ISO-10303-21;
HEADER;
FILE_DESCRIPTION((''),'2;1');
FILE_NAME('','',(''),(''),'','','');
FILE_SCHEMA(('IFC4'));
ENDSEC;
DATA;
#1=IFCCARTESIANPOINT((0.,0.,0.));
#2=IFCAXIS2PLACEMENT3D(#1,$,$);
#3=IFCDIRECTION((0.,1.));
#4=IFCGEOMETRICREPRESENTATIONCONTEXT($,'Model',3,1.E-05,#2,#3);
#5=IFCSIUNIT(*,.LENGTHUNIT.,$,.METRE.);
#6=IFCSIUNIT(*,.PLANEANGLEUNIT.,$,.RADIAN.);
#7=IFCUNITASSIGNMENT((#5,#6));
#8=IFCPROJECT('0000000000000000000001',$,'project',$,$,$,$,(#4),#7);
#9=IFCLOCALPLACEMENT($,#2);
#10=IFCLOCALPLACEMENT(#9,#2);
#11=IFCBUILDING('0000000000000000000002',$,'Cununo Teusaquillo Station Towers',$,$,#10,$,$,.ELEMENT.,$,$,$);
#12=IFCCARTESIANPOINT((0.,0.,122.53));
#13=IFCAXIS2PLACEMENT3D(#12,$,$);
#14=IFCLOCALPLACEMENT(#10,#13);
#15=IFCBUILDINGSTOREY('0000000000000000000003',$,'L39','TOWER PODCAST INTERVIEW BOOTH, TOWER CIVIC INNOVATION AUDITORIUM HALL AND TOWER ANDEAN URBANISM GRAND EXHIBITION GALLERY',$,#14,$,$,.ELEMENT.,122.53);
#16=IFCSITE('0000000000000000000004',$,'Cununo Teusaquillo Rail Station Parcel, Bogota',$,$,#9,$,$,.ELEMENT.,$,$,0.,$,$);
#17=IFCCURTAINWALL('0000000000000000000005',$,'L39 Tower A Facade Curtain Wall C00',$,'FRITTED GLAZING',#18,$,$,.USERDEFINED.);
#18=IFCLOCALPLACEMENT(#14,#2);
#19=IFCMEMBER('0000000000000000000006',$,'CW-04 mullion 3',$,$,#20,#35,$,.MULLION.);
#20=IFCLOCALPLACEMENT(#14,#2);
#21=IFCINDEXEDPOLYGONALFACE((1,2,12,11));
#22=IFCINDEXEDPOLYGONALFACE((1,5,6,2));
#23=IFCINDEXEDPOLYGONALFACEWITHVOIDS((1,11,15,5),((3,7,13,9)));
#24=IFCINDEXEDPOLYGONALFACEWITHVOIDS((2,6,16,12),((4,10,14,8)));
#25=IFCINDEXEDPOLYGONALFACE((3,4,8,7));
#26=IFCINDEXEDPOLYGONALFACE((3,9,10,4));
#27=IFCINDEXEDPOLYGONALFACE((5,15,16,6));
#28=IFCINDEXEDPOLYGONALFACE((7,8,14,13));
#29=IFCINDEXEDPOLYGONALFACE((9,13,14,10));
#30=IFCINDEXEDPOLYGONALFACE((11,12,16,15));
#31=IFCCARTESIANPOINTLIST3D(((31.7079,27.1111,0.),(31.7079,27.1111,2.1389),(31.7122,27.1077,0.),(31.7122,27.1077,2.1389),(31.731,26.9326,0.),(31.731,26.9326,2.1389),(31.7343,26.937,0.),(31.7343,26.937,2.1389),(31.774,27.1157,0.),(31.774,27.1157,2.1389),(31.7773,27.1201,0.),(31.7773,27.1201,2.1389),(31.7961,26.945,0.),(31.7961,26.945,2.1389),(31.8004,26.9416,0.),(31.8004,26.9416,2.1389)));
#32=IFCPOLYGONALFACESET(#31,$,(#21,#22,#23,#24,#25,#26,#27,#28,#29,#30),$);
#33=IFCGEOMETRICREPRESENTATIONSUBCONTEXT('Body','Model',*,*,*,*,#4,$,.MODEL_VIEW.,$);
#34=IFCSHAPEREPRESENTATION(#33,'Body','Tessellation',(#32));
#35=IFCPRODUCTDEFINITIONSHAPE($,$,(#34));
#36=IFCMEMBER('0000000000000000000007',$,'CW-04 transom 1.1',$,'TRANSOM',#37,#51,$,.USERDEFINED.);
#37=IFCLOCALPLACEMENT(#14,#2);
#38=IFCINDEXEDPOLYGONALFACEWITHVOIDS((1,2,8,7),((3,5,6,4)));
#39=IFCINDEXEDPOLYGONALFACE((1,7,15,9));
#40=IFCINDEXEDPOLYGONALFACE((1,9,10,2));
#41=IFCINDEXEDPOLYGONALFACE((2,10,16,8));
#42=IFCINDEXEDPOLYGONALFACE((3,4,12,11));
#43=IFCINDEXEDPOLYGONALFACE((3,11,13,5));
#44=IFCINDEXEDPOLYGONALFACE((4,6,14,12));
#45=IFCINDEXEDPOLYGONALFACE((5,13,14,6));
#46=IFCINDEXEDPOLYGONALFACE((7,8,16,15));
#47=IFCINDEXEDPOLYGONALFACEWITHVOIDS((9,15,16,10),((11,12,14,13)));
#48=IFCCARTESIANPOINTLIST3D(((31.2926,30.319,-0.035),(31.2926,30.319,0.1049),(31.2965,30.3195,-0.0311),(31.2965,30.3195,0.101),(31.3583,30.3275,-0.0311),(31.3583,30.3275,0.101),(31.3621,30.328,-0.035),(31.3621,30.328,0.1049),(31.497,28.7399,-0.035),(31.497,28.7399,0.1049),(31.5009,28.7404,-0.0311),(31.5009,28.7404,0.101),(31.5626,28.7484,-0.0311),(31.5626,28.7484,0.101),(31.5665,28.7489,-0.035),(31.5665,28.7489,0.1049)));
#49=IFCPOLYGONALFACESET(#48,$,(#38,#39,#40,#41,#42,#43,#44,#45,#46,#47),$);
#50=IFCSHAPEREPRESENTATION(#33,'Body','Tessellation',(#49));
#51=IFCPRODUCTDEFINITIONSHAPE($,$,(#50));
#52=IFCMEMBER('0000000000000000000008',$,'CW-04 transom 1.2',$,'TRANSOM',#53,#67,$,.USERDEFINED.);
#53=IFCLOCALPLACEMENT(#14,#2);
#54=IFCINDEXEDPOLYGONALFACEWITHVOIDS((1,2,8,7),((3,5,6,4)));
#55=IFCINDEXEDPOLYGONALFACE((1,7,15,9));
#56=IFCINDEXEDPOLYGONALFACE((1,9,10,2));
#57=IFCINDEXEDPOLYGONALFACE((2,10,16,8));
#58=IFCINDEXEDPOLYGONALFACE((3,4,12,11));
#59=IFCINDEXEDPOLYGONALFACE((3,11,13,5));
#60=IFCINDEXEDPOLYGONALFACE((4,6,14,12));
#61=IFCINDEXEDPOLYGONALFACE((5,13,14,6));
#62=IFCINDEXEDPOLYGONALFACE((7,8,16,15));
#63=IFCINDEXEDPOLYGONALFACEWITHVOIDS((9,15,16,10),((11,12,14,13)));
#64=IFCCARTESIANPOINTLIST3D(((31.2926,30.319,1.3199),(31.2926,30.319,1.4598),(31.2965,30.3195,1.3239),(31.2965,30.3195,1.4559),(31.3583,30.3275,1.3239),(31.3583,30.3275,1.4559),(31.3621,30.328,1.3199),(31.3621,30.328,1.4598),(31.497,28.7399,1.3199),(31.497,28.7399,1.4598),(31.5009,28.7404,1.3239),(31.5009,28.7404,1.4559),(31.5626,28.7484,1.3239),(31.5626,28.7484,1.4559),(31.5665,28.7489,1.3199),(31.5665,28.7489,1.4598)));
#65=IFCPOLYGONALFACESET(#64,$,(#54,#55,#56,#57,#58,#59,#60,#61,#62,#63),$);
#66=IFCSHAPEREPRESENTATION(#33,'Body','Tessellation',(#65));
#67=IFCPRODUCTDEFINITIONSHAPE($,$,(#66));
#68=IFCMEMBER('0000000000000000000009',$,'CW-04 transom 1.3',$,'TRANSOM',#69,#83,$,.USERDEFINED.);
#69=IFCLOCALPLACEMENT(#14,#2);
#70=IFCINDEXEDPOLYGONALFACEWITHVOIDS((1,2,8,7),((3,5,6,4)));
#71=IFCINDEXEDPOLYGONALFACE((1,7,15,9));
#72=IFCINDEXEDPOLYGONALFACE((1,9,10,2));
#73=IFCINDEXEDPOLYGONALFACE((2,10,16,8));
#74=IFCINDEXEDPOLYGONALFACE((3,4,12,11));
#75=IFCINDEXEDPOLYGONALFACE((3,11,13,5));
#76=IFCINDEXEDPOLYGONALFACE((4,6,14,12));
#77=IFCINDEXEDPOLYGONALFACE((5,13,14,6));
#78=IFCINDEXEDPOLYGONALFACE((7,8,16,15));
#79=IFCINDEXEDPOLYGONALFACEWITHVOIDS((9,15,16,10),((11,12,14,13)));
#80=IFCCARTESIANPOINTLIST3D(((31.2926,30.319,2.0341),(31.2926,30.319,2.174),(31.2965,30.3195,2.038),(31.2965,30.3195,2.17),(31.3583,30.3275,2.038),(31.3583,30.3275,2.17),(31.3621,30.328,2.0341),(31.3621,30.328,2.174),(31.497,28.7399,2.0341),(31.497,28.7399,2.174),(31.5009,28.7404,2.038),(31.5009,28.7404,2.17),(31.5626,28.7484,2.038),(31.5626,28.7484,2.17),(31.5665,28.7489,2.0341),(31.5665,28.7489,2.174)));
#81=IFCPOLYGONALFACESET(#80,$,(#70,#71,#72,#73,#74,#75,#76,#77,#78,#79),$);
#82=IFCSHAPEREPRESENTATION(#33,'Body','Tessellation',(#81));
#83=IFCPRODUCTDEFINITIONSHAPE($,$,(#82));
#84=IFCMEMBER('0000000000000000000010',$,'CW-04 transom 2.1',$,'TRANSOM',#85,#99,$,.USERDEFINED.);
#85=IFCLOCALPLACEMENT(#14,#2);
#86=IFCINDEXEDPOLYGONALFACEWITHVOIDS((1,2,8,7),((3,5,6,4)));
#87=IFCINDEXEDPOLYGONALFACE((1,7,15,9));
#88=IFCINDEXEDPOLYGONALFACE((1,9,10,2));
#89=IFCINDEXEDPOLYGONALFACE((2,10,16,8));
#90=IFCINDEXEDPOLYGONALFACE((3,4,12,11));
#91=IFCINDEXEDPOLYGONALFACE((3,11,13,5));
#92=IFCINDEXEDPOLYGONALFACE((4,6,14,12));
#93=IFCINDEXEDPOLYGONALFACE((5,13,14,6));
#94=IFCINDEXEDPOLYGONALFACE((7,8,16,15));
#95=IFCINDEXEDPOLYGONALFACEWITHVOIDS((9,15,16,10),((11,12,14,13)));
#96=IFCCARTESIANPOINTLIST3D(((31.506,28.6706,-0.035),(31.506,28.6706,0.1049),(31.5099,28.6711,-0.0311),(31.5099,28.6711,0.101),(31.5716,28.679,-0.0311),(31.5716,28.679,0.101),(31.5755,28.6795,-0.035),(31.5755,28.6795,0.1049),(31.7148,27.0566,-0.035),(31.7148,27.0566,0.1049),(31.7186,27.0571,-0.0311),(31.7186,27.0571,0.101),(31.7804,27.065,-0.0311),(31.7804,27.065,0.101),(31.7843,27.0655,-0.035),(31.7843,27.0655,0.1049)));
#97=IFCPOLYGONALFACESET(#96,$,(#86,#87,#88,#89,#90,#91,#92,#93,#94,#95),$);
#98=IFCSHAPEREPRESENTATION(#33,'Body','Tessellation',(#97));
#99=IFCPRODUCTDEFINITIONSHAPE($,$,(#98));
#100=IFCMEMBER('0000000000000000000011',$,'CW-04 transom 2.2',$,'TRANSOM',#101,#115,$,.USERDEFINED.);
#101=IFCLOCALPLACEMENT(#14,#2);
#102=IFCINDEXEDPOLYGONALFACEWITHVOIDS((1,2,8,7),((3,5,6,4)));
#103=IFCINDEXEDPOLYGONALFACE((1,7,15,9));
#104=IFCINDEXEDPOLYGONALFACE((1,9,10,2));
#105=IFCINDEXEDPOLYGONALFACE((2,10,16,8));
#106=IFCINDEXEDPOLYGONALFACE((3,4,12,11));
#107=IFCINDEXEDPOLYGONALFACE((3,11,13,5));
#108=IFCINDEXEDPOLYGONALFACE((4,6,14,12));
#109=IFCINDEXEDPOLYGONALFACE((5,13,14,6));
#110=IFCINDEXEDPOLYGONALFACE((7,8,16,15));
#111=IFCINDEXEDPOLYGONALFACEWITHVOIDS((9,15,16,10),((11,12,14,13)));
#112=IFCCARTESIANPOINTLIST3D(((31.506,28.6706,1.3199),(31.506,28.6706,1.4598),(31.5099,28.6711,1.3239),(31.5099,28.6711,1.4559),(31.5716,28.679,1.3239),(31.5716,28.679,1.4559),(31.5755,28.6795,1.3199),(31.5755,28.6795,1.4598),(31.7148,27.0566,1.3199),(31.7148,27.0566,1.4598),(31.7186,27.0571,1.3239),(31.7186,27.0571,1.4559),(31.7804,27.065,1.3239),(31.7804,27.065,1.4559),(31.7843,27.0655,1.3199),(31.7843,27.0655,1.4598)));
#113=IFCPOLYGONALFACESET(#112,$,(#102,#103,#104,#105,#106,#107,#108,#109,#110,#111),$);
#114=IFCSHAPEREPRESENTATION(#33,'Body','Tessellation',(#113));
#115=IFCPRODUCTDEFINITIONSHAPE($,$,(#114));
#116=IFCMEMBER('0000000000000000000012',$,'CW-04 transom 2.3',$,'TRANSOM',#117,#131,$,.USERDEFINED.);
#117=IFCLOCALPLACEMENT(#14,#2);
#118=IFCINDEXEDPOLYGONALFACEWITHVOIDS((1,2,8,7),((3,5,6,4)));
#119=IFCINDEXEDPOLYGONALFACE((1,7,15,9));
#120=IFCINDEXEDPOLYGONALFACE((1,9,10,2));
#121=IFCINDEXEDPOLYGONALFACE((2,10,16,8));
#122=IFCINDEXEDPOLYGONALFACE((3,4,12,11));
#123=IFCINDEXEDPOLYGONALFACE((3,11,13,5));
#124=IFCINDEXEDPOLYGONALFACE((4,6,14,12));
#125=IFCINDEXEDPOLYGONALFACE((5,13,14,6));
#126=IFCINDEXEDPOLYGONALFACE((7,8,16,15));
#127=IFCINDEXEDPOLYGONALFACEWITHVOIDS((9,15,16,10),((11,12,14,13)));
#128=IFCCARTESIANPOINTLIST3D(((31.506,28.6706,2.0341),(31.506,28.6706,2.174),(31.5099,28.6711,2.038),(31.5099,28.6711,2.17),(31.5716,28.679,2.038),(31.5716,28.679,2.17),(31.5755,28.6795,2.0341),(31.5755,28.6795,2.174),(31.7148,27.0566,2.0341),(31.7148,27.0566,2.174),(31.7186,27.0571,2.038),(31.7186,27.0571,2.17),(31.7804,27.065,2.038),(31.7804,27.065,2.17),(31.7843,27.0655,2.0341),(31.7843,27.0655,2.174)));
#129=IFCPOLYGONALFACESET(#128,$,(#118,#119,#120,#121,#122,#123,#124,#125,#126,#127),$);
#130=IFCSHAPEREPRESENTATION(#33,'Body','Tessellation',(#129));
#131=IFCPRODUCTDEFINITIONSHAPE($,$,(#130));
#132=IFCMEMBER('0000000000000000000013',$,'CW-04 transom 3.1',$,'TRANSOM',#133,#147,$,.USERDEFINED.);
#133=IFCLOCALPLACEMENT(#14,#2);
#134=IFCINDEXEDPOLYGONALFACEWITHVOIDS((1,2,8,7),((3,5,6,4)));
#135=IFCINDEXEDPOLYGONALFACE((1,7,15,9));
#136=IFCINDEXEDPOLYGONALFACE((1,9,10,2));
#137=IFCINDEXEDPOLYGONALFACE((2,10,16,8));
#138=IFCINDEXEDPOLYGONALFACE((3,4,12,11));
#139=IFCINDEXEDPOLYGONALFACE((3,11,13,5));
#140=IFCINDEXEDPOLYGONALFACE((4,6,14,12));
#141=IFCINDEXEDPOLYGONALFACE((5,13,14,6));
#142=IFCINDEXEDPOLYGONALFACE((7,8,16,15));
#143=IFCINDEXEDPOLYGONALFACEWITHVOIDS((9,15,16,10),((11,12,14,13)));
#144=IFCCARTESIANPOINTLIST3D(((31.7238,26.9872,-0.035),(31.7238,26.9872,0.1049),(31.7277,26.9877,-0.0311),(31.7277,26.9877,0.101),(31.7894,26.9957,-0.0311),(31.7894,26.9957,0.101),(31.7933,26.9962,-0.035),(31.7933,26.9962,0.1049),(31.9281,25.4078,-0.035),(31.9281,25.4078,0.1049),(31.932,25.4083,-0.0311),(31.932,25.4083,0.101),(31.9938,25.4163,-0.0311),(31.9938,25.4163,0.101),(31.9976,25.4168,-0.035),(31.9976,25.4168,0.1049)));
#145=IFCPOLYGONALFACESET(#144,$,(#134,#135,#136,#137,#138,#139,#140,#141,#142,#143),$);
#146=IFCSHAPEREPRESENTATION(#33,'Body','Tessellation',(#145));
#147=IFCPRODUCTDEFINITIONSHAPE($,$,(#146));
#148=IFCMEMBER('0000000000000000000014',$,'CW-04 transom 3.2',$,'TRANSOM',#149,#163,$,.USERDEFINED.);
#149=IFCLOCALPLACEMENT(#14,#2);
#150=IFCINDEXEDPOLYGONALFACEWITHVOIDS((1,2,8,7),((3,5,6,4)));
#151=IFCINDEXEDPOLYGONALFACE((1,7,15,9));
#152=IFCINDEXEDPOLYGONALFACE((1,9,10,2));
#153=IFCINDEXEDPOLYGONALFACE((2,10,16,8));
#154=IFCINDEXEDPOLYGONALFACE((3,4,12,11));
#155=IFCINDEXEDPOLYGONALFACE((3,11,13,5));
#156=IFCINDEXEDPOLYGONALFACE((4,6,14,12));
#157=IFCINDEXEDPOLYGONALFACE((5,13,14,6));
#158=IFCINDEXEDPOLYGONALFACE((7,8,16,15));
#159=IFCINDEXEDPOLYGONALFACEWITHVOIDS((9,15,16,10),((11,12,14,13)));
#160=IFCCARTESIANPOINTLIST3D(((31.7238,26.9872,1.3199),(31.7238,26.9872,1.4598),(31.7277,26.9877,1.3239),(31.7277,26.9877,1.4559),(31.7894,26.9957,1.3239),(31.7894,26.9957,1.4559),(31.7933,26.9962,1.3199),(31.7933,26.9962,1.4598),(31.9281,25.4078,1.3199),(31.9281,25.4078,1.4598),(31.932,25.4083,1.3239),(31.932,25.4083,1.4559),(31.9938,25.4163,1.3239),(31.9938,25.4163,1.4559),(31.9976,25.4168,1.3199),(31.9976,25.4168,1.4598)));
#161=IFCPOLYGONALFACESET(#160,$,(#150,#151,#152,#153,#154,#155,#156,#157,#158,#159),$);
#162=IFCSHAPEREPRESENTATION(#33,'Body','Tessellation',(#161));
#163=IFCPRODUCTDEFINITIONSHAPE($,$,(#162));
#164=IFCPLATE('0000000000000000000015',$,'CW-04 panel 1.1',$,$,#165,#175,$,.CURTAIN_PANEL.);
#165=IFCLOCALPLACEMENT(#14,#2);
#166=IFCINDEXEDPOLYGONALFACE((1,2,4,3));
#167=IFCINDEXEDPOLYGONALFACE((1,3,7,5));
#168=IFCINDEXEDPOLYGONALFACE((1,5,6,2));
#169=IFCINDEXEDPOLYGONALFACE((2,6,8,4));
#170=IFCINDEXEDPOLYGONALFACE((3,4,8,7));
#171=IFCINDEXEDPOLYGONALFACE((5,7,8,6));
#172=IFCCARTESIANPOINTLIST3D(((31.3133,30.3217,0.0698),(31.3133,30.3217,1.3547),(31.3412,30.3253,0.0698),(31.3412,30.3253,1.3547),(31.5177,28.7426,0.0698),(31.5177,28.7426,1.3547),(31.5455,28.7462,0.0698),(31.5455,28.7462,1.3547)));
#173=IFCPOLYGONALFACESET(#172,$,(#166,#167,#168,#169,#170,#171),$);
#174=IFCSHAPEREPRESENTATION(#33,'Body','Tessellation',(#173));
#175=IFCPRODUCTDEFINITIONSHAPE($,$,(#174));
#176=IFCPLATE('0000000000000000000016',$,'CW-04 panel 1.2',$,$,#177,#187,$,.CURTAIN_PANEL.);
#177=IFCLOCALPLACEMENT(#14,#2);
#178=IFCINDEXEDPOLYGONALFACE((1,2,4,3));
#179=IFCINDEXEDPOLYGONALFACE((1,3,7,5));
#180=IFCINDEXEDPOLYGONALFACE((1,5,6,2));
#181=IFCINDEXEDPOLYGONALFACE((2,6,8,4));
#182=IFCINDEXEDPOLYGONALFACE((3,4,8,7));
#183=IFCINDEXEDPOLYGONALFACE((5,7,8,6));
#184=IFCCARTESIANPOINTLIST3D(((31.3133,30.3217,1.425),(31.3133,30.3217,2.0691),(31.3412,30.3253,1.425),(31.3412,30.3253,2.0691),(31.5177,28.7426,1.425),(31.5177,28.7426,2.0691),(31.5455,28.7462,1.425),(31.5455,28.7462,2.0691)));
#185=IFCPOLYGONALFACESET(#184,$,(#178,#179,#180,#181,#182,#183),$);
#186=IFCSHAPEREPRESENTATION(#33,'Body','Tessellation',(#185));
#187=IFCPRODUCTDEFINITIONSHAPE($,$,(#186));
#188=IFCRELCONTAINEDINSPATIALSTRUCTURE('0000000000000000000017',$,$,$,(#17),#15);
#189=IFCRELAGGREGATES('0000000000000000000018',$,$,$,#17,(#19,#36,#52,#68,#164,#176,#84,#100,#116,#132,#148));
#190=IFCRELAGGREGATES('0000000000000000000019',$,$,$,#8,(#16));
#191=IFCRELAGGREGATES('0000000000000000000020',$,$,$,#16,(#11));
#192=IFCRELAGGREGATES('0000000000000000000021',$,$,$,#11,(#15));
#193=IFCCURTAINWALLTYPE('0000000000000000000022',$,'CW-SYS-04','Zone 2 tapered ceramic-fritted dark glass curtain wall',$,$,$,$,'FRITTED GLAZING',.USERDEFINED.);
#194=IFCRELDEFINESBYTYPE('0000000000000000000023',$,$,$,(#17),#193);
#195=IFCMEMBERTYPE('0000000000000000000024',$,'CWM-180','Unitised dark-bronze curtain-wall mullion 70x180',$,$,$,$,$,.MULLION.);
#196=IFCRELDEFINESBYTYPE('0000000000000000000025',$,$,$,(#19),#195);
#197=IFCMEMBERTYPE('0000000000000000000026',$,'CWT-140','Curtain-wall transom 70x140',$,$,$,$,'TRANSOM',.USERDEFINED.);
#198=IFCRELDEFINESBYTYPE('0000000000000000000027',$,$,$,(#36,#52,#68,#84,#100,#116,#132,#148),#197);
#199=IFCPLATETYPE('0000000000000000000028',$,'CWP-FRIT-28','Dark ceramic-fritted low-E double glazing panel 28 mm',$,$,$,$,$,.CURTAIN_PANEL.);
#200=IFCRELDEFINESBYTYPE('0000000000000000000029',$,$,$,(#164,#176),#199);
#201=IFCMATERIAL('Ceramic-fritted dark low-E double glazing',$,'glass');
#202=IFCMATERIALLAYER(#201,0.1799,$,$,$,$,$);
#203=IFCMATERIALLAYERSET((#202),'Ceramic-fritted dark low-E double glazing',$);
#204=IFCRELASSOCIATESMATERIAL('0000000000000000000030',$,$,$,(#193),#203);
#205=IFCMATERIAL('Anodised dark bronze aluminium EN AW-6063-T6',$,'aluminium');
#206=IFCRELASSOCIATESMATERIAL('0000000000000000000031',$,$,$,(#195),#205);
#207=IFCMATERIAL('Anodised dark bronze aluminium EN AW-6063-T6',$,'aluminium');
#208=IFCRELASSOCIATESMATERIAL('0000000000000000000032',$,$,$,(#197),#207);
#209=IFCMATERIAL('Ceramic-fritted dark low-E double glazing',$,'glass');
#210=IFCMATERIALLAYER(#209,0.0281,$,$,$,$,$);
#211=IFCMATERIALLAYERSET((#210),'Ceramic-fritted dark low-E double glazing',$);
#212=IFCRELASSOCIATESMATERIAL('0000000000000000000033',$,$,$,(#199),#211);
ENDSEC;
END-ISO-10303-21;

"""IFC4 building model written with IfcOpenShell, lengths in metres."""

from ifc_helpers import new_model, si_unit, direction, frame, origin, origin_2d, place, context, subcontext, project, spatial, rectangle, hollow_rectangle, extrude, source, transform, mapped, material, layer, layer_set, material_profile, profile_set, type_object, element, aggregate, save


model = new_model("IFC4")

# Units and contexts
model_context = context("Model", 3, precision=1e-05, world=origin(), true_north=direction((0.0, 1.0)))
body_context = subcontext(model_context, "Body", "Model", "MODEL_VIEW")
ifc_project = project(units=[si_unit("LENGTHUNIT", "METRE"), si_unit("PLANEANGLEUNIT", "RADIAN")], contexts=[model_context])

# Site, building, storey
site_placement = place(None, origin())
site = spatial("IfcSite", under=ifc_project, at=site_placement, Name="Cununo Teusaquillo Rail Station Parcel, Bogota", CompositionType="ELEMENT", RefElevation=0.0)
building_placement = place(site_placement, origin())
building = spatial("IfcBuilding", under=site, at=building_placement, Name="Cununo Teusaquillo Station Towers", CompositionType="ELEMENT")
storey_placement = place(building_placement, frame((0.0, 0.0, 122.53)))
storey = spatial("IfcBuildingStorey", under=building, at=storey_placement, Name="L39", Description="TOWER PODCAST INTERVIEW BOOTH, TOWER CIVIC INNOVATION AUDITORIUM HALL AND TOWER ANDEAN URBANISM GRAND EXHIBITION GALLERY", CompositionType="ELEMENT", Elevation=122.53)

# Curtain wall, members, plates
ifc_material_1 = material(Name="Ceramic-fritted dark low-E double glazing", Category="glass")
ifc_layer_1 = layer(ifc_material_1, 0.1799)
ifc_layer_set_1 = layer_set([ifc_layer_1], Name="Ceramic-fritted dark low-E double glazing")
curtain_wall_type = type_object("IfcCurtainWallType", Name="CW-SYS-04", Description="Zone 2 tapered ceramic-fritted dark glass curtain wall", ElementType="FRITTED GLAZING", PredefinedType="USERDEFINED", material=ifc_layer_set_1)
curtain_wall_placement = place(storey_placement, origin())
curtain_wall = element("IfcCurtainWall", 1, at=curtain_wall_placement, inside=storey, type_object=curtain_wall_type, Name="L39 Tower A Facade Curtain Wall C00", ObjectType="FRITTED GLAZING", PredefinedType="USERDEFINED")
ifc_material_2 = material(Name="Anodised dark bronze aluminium EN AW-6063-T6", Category="aluminium")
ifc_material_profile_1 = material_profile(ifc_material_2, hollow_rectangle(XDim=0.0701, YDim=0.1799, WallThickness=0.0039, at=origin_2d()), Name="CW-MULL-70x180")
ifc_profile_set_1 = profile_set([ifc_material_profile_1], Name="Anodised dark bronze aluminium EN AW-6063-T6")
member_type_1 = type_object("IfcMemberType", Name="CWM-180", Description="Unitised dark-bronze curtain-wall mullion 70x180", PredefinedType="MULLION", material=ifc_profile_set_1)
member_1_placement = place(storey_placement, frame((31.7542, 27.0264, 0.0), z_axis=(0.0, 0.0, 1.0), x_axis=(0.991731, 0.128336, 0.0)))
member_1 = element("IfcMember", 2, at=member_1_placement, type_object=member_type_1, Name="CW-04 mullion 3", PredefinedType="MULLION", context=body_context, shape_type="SweptSolid", body=[
    extrude(hollow_rectangle(XDim=0.0701, YDim=0.1799, WallThickness=0.0039, at=origin_2d()), origin(), (0.0, 0.0, 1.0), 2.1389),
])
ifc_material_3 = material(Name="Anodised dark bronze aluminium EN AW-6063-T6", Category="aluminium")
ifc_material_profile_2 = material_profile(ifc_material_3, hollow_rectangle(XDim=0.0701, YDim=0.1399, WallThickness=0.0039, at=origin_2d()), Name="CW-TRAN-70x140")
ifc_profile_set_2 = profile_set([ifc_material_profile_2], Name="Anodised dark bronze aluminium EN AW-6063-T6")
member_type_2 = type_object("IfcMemberType", Name="CWT-140", Description="Curtain-wall transom 70x140", ElementType="TRANSOM", PredefinedType="USERDEFINED", material=ifc_profile_set_2)
member_2_placement = place(storey_placement, frame((31.3274, 30.3235, 0.0349), z_axis=(0.128336, -0.991731, 0.0), x_axis=(0.991731, 0.128336, 0.0)))
member_2 = element("IfcMember", 3, at=member_2_placement, type_object=member_type_2, Name="CW-04 transom 1.1", ObjectType="TRANSOM", PredefinedType="USERDEFINED", context=body_context, shape_type="SweptSolid", body=[
    extrude(hollow_rectangle(XDim=0.0701, YDim=0.1399, WallThickness=0.0039, at=origin_2d()), origin(), (0.0, 0.0, 1.0), 1.5923),
])
member_3_placement = place(storey_placement, frame((31.3274, 30.3235, 1.3899), z_axis=(0.128336, -0.991731, 0.0), x_axis=(0.991731, 0.128336, 0.0)))
member_3 = element("IfcMember", 4, at=member_3_placement, type_object=member_type_2, Name="CW-04 transom 1.2", ObjectType="TRANSOM", PredefinedType="USERDEFINED", context=body_context, shape_type="SweptSolid", body=[
    extrude(hollow_rectangle(XDim=0.0701, YDim=0.1399, WallThickness=0.0039, at=origin_2d()), origin(), (0.0, 0.0, 1.0), 1.5923),
])
member_4_placement = place(storey_placement, frame((31.3274, 30.3235, 2.104), z_axis=(0.128336, -0.991731, 0.0), x_axis=(0.991731, 0.128336, 0.0)))
member_4 = element("IfcMember", 5, at=member_4_placement, type_object=member_type_2, Name="CW-04 transom 1.3", ObjectType="TRANSOM", PredefinedType="USERDEFINED", context=body_context, shape_type="SweptSolid", body=[
    extrude(hollow_rectangle(XDim=0.0701, YDim=0.1399, WallThickness=0.0039, at=origin_2d()), origin(), (0.0, 0.0, 1.0), 1.5923),
])
member_5_placement = place(storey_placement, frame((31.5408, 28.675, 0.0349), z_axis=(0.128262, -0.99174, 0.0), x_axis=(0.99174, 0.128262, 0.0)))
member_5 = element("IfcMember", 6, at=member_5_placement, type_object=member_type_2, Name="CW-04 transom 2.1", ObjectType="TRANSOM", PredefinedType="USERDEFINED", context=body_context, shape_type="SweptSolid", body=[
    extrude(hollow_rectangle(XDim=0.0701, YDim=0.1399, WallThickness=0.0039, at=origin_2d()), origin(), (0.0, 0.0, 1.0), 1.6274),
])
member_6_placement = place(storey_placement, frame((31.5408, 28.675, 1.3899), z_axis=(0.128262, -0.99174, 0.0), x_axis=(0.99174, 0.128262, 0.0)))
member_6 = element("IfcMember", 7, at=member_6_placement, type_object=member_type_2, Name="CW-04 transom 2.2", ObjectType="TRANSOM", PredefinedType="USERDEFINED", context=body_context, shape_type="SweptSolid", body=[
    extrude(hollow_rectangle(XDim=0.0701, YDim=0.1399, WallThickness=0.0039, at=origin_2d()), origin(), (0.0, 0.0, 1.0), 1.6274),
])
member_7_placement = place(storey_placement, frame((31.5408, 28.675, 2.104), z_axis=(0.128262, -0.99174, 0.0), x_axis=(0.99174, 0.128262, 0.0)))
member_7 = element("IfcMember", 8, at=member_7_placement, type_object=member_type_2, Name="CW-04 transom 2.3", ObjectType="TRANSOM", PredefinedType="USERDEFINED", context=body_context, shape_type="SweptSolid", body=[
    extrude(hollow_rectangle(XDim=0.0701, YDim=0.1399, WallThickness=0.0039, at=origin_2d()), origin(), (0.0, 0.0, 1.0), 1.6274),
])
member_8_placement = place(storey_placement, frame((31.7585, 26.9917, 0.0349), z_axis=(0.128317, -0.991733, 0.0), x_axis=(0.991733, 0.128317, 0.0)))
member_8 = element("IfcMember", 9, at=member_8_placement, type_object=member_type_2, Name="CW-04 transom 3.1", ObjectType="TRANSOM", PredefinedType="USERDEFINED", context=body_context, shape_type="SweptSolid", body=[
    extrude(hollow_rectangle(XDim=0.0701, YDim=0.1399, WallThickness=0.0039, at=origin_2d()), origin(), (0.0, 0.0, 1.0), 1.5925),
])
member_9_placement = place(storey_placement, frame((31.7585, 26.9917, 1.3899), z_axis=(0.128317, -0.991733, 0.0), x_axis=(0.991733, 0.128317, 0.0)))
member_9 = element("IfcMember", 10, at=member_9_placement, type_object=member_type_2, Name="CW-04 transom 3.2", ObjectType="TRANSOM", PredefinedType="USERDEFINED", context=body_context, shape_type="SweptSolid", body=[
    extrude(hollow_rectangle(XDim=0.0701, YDim=0.1399, WallThickness=0.0039, at=origin_2d()), origin(), (0.0, 0.0, 1.0), 1.5925),
])
ifc_material_4 = material(Name="Ceramic-fritted dark low-E double glazing", Category="glass")
ifc_layer_2 = layer(ifc_material_4, 0.0281)
ifc_layer_set_2 = layer_set([ifc_layer_2], Name="Ceramic-fritted dark low-E double glazing")
plate_type = type_object("IfcPlateType", Name="CWP-FRIT-28", Description="Dark ceramic-fritted low-E double glazing panel 28 mm", PredefinedType="CURTAIN_PANEL", material=ifc_layer_set_2)
shared_shape_1 = source(origin(), body_context, "Body", "SweptSolid", [
    extrude(rectangle(XDim=1.5923, YDim=0.0281, at=origin_2d()), origin(), (0.0, 0.0, 1.0), 1.2849),
])
plate_1_placement = place(storey_placement, frame((31.4294, 29.5339, 0.0698), z_axis=(0.0, 0.0, 1.0), x_axis=(0.128336, -0.991731, 0.0)))
plate_1 = element("IfcPlate", 11, at=plate_1_placement, type_object=plate_type, Name="CW-04 panel 1.1", PredefinedType="CURTAIN_PANEL", context=body_context, shape_type="MappedRepresentation", body=[
    mapped(shared_shape_1, transform((0.0, 0.0, 0.0), x_axis=(1.0, 0.0, 0.0), y_axis=(0.0, 1.0, 0.0), z_axis=(0.0, 0.0, 1.0), scale=1.0)),
])
shared_shape_2 = source(origin(), body_context, "Body", "SweptSolid", [
    extrude(rectangle(XDim=1.5923, YDim=0.0281, at=origin_2d()), origin(), (0.0, 0.0, 1.0), 0.644),
])
plate_2_placement = place(storey_placement, frame((31.4294, 29.5339, 1.425), z_axis=(0.0, 0.0, 1.0), x_axis=(0.128336, -0.991731, 0.0)))
plate_2 = element("IfcPlate", 12, at=plate_2_placement, type_object=plate_type, Name="CW-04 panel 1.2", PredefinedType="CURTAIN_PANEL", context=body_context, shape_type="MappedRepresentation", body=[
    mapped(shared_shape_2, transform((0.0, 0.0, 0.0), x_axis=(1.0, 0.0, 0.0), y_axis=(0.0, 1.0, 0.0), z_axis=(0.0, 0.0, 1.0), scale=1.0)),
])
aggregate(curtain_wall, [member_1, member_2, member_3, member_4, plate_1, plate_2, member_5, member_6, member_7, member_8, member_9])

save(model, "model.ifc")
